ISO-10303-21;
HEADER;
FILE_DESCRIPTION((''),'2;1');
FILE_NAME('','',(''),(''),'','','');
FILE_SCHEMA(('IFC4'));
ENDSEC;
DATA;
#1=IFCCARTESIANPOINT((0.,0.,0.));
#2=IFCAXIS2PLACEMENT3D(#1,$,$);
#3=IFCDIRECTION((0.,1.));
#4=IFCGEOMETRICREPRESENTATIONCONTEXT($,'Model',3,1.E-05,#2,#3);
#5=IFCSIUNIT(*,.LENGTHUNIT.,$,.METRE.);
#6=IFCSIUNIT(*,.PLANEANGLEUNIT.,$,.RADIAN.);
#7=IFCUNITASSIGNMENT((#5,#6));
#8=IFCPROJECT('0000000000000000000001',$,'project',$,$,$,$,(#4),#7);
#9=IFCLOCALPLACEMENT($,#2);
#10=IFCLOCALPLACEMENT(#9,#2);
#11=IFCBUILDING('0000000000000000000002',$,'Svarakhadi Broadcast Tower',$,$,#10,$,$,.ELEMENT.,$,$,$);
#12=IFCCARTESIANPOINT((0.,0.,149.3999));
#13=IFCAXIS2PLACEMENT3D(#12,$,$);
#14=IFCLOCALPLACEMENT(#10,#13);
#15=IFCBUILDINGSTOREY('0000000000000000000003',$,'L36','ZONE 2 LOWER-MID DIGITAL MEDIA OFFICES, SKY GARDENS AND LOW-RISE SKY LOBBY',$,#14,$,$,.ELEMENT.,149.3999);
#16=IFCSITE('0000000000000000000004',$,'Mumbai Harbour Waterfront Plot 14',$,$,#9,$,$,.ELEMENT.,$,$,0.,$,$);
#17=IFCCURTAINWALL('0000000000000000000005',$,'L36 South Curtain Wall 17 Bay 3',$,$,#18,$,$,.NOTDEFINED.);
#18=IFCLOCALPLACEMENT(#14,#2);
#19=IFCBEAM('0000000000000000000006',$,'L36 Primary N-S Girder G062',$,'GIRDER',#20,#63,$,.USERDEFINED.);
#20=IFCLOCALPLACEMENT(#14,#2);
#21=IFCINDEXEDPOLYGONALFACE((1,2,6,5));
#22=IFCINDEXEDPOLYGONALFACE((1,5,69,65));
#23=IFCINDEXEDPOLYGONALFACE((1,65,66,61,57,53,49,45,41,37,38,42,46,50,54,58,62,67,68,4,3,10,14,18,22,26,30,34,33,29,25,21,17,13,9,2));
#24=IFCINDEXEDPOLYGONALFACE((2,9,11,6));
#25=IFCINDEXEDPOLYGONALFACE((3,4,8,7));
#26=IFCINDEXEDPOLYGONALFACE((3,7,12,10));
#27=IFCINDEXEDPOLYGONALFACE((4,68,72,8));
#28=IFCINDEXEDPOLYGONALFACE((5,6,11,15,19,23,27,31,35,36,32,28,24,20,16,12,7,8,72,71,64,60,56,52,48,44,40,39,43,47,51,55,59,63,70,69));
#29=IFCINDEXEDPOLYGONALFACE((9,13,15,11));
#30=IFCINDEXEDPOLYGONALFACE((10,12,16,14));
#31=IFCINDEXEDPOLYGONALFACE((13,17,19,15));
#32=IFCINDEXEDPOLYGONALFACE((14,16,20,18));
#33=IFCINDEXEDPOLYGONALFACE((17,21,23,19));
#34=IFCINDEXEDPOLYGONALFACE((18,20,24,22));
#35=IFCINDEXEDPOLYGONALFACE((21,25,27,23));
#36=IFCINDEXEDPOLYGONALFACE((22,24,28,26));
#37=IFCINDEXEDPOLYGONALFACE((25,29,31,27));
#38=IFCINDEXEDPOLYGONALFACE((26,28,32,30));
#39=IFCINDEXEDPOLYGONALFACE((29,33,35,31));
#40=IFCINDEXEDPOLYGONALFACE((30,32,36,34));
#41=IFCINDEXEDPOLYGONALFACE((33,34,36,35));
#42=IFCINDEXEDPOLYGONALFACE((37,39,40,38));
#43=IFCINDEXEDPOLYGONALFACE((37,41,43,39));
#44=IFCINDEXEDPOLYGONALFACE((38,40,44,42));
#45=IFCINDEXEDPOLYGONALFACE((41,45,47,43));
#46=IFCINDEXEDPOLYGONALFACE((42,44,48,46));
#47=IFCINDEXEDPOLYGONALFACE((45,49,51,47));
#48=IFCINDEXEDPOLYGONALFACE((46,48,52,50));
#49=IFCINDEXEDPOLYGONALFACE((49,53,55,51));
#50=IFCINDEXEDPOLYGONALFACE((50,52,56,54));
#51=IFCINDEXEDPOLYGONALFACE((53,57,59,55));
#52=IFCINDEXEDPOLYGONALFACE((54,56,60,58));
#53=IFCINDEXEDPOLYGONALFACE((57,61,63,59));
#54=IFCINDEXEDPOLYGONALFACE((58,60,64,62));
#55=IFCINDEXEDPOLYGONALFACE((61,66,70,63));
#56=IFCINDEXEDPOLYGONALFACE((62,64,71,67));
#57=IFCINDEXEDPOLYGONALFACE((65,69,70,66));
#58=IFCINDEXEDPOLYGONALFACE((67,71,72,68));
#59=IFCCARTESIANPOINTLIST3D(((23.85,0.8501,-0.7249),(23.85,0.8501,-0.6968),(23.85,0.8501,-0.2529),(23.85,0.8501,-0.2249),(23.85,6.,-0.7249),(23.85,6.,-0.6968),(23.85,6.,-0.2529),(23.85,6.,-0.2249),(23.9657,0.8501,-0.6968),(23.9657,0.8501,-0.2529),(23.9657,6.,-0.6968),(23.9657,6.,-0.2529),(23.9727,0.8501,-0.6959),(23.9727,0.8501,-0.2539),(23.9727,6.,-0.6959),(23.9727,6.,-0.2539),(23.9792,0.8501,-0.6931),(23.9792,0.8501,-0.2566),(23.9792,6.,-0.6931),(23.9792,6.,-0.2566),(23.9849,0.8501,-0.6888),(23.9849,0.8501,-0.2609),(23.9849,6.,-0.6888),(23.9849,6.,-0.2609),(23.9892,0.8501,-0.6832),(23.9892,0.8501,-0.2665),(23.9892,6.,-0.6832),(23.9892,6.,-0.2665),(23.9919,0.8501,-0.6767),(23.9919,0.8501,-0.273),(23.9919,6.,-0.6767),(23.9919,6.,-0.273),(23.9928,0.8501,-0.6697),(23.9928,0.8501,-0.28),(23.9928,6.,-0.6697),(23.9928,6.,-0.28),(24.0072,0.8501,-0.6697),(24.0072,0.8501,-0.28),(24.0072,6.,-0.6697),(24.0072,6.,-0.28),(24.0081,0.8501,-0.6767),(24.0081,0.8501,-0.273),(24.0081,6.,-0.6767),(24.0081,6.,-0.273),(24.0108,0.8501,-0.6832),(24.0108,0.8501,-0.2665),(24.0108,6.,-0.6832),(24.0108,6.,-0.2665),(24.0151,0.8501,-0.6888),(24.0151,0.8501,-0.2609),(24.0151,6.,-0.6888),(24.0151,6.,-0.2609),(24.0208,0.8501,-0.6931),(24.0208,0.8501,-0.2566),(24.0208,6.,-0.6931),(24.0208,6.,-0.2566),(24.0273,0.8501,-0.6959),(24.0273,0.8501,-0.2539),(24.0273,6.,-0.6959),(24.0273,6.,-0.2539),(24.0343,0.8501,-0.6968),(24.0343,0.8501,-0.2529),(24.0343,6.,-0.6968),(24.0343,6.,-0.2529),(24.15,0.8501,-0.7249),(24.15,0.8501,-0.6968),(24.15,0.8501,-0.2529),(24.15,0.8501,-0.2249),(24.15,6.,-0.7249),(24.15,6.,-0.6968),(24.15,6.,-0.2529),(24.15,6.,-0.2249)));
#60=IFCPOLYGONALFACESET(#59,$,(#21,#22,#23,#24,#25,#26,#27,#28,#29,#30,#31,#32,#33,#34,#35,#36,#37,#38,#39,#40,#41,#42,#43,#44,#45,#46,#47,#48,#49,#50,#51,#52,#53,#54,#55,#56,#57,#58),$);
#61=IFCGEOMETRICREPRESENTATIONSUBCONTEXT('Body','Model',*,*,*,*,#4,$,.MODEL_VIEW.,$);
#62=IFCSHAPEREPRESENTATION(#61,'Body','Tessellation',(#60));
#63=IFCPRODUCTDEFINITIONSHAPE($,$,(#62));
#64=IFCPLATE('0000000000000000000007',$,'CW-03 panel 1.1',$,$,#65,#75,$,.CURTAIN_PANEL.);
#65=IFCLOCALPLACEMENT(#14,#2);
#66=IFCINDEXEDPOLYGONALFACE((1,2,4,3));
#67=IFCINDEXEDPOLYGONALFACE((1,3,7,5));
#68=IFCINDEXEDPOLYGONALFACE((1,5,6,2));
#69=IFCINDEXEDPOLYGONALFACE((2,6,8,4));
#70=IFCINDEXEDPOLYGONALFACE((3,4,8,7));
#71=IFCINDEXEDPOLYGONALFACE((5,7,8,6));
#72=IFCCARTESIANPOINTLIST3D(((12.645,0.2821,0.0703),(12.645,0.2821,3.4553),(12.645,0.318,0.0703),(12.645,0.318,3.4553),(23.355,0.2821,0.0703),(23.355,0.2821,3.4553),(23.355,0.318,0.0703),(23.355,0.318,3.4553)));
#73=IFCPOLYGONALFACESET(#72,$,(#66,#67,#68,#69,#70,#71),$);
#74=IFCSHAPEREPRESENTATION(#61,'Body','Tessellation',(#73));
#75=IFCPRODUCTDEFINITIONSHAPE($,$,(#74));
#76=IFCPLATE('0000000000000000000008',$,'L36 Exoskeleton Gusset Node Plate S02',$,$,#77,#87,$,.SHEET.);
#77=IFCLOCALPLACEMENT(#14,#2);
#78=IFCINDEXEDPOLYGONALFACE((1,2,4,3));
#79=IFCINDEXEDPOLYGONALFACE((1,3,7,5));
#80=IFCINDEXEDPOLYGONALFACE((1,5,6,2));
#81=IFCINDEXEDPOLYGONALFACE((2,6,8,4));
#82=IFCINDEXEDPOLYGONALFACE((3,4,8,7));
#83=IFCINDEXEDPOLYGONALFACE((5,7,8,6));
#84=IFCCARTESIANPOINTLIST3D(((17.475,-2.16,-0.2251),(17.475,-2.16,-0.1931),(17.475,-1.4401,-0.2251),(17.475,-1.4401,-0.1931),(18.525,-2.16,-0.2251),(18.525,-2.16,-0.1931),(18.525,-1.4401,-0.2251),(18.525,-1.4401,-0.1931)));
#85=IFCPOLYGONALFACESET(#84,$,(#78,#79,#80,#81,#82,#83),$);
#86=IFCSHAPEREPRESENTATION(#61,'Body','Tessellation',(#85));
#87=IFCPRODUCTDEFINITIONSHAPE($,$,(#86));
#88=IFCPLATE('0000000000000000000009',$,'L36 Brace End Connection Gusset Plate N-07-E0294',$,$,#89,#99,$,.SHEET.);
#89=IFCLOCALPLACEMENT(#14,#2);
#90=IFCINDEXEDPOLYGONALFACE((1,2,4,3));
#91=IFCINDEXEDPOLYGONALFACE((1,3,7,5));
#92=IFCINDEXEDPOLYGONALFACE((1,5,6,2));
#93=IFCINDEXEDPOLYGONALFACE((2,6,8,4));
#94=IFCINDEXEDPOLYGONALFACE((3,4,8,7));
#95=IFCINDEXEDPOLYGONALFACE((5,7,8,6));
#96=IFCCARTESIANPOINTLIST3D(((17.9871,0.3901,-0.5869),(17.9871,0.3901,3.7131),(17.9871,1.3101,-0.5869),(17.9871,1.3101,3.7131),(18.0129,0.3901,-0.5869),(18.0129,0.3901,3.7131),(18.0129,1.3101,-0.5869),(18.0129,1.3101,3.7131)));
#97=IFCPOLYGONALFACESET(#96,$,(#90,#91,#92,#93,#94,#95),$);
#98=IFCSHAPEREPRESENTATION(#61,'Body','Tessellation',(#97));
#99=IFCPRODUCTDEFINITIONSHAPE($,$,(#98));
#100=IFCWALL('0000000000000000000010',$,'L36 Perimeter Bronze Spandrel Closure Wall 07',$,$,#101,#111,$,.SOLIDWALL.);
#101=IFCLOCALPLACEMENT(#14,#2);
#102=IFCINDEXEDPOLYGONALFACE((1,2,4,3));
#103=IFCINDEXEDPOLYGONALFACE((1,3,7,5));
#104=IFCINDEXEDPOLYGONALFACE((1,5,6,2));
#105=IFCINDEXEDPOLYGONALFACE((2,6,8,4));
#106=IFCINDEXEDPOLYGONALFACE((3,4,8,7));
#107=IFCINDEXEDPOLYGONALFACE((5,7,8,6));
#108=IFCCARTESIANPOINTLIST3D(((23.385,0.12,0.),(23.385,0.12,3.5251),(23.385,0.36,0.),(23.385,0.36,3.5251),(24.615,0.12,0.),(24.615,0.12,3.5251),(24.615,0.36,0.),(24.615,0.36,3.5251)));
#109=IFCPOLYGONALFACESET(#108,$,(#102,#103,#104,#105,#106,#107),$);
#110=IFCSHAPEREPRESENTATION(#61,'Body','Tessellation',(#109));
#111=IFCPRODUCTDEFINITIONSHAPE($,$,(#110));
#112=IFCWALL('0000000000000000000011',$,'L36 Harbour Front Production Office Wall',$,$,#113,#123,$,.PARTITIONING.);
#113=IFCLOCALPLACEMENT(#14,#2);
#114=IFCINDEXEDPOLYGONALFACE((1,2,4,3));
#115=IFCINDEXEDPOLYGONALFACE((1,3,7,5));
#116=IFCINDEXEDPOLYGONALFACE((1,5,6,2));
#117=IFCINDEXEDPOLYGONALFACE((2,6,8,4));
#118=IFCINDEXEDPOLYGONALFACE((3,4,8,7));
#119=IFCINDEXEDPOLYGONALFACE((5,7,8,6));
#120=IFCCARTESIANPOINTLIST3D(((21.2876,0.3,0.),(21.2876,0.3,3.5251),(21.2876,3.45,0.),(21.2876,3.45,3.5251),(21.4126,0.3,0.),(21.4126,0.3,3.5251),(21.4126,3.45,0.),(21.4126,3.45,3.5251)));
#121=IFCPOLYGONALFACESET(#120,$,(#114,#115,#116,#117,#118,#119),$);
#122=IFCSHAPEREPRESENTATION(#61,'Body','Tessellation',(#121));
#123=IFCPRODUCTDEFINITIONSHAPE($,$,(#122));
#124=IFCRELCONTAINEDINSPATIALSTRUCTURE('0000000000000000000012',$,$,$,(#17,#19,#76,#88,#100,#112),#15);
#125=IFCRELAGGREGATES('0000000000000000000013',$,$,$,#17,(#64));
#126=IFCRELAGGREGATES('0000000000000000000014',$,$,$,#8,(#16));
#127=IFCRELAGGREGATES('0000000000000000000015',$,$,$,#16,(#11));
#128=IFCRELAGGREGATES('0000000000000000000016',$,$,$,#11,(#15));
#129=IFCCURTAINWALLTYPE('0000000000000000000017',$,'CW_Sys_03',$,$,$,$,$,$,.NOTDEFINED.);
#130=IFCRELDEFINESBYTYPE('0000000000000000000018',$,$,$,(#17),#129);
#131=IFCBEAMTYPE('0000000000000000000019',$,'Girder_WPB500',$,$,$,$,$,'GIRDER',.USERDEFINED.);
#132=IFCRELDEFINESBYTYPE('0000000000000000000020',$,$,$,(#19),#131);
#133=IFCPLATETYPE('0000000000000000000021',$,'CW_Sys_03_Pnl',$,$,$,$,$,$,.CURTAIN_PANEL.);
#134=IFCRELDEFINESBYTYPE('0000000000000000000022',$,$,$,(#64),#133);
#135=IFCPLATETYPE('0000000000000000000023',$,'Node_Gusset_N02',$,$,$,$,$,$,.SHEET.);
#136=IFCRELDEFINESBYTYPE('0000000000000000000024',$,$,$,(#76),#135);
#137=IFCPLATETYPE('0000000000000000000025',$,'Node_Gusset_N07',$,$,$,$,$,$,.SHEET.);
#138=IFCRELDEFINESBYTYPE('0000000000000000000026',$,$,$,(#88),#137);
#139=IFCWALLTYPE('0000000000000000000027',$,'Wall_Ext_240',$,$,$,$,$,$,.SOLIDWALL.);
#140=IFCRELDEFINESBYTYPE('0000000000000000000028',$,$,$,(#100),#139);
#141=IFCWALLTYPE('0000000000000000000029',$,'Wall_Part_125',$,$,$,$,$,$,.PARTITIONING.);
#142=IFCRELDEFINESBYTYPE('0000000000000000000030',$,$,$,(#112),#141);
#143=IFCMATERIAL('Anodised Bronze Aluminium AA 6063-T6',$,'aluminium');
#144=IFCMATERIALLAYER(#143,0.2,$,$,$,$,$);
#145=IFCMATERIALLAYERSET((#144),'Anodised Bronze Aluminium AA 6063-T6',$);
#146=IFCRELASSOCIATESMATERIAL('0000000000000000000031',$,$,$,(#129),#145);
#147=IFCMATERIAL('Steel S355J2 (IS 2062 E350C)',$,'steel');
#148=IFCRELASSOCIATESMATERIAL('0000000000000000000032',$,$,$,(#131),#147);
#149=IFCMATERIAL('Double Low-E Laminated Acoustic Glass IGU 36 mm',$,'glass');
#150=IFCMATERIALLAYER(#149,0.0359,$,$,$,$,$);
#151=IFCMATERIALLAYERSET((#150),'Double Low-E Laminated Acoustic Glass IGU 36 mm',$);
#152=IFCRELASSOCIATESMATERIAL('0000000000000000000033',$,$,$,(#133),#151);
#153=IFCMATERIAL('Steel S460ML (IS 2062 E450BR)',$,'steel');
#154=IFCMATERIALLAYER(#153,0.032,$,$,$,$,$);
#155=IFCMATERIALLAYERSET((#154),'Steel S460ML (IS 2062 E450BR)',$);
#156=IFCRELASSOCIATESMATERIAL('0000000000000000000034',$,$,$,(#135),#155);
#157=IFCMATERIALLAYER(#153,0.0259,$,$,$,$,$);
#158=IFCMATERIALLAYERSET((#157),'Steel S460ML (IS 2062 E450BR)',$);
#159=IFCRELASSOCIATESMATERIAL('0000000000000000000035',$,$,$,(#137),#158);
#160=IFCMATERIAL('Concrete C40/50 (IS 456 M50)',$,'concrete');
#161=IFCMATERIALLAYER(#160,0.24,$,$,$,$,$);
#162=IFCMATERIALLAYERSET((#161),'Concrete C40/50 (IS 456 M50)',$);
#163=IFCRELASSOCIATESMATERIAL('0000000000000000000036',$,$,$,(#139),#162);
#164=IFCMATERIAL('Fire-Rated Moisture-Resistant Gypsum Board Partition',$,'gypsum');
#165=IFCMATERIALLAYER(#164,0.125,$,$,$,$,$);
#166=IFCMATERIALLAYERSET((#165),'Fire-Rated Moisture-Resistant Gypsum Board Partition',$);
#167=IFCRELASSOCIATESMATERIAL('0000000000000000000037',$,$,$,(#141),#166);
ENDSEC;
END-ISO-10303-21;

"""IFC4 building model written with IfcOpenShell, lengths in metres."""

from ifc_helpers import new_model, si_unit, direction, frame, frame_2d, origin, origin_2d, place, context, subcontext, project, spatial, rectangle, i_section, extrude, material, layer, layer_set, material_profile, profile_set, type_object, element, aggregate, save


model = new_model("IFC4")

# Units and contexts
model_context = context("Model", 3, precision=1e-05, world=origin(), true_north=direction((0.0, 1.0)))
body_context = subcontext(model_context, "Body", "Model", "MODEL_VIEW")
ifc_project = project(units=[si_unit("LENGTHUNIT", "METRE"), si_unit("PLANEANGLEUNIT", "RADIAN")], contexts=[model_context])

# Site, building, storey
site_placement = place(None, origin())
site = spatial("IfcSite", under=ifc_project, at=site_placement, Name="Mumbai Harbour Waterfront Plot 14", CompositionType="ELEMENT", RefElevation=0.0)
building_placement = place(site_placement, origin())
building = spatial("IfcBuilding", under=site, at=building_placement, Name="Svarakhadi Broadcast Tower", CompositionType="ELEMENT")
storey_placement = place(building_placement, frame((0.0, 0.0, 149.3999)))
storey = spatial("IfcBuildingStorey", under=building, at=storey_placement, Name="L36", Description="ZONE 2 LOWER-MID DIGITAL MEDIA OFFICES, SKY GARDENS AND LOW-RISE SKY LOBBY", CompositionType="ELEMENT", Elevation=149.3999)

# Shared definitions
ifc_material_1 = material(Name="Anodised Bronze Aluminium AA 6063-T6", Category="aluminium")
ifc_layer_1 = layer(ifc_material_1, 0.2)
ifc_layer_set_1 = layer_set([ifc_layer_1], Name="Anodised Bronze Aluminium AA 6063-T6")
curtain_wall_type = type_object("IfcCurtainWallType", Name="CW_Sys_03", PredefinedType="NOTDEFINED", material=ifc_layer_set_1)

# Curtain wall
curtain_wall_1_placement = place(storey_placement, origin())
curtain_wall_1 = element("IfcCurtainWall", 1, at=curtain_wall_1_placement, inside=storey, type_object=curtain_wall_type, Name="L36 South Curtain Wall 17 Bay 3", PredefinedType="NOTDEFINED")

# Shared definitions
ifc_material_2 = material(Name="Steel S460ML (IS 2062 E450BR)", Category="steel")

# Beam
ifc_material_3 = material(Name="Steel S355J2 (IS 2062 E350C)", Category="steel")
ifc_material_profile_1 = material_profile(ifc_material_3, i_section(OverallWidth=0.3, OverallDepth=0.5, WebThickness=0.0144, FlangeThickness=0.0281, FilletRadius=0.0271, at=origin_2d()), Name="WPB 500x300x187")
ifc_profile_set_1 = profile_set([ifc_material_profile_1], Name="Steel S355J2 (IS 2062 E350C)")
beam_type = type_object("IfcBeamType", Name="Girder_WPB500", ElementType="GIRDER", PredefinedType="USERDEFINED", material=ifc_profile_set_1)
beam_1_placement = place(storey_placement, frame((24.0, 0.8501, -0.4749), z_axis=(0.0, 1.0, 0.0), x_axis=(-1.0, 0.0, 0.0)))
element("IfcBeam", 2, at=beam_1_placement, inside=storey, type_object=beam_type, Name="L36 Primary N-S Girder G062", ObjectType="GIRDER", PredefinedType="USERDEFINED", context=body_context, shape_type="SweptSolid", body=[
    extrude(i_section(OverallWidth=0.3, OverallDepth=0.5, WebThickness=0.0144, FlangeThickness=0.0281, FilletRadius=0.0271, at=origin_2d()), origin(), (0.0, 0.0, 1.0), 5.1499),
])

# Plate
ifc_material_4 = material(Name="Double Low-E Laminated Acoustic Glass IGU 36 mm", Category="glass")
ifc_layer_2 = layer(ifc_material_4, 0.0359)
ifc_layer_set_2 = layer_set([ifc_layer_2], Name="Double Low-E Laminated Acoustic Glass IGU 36 mm")
plate_type_1 = type_object("IfcPlateType", Name="CW_Sys_03_Pnl", PredefinedType="CURTAIN_PANEL", material=ifc_layer_set_2)
plate_1_placement = place(storey_placement, frame((18.0, 0.3, 0.0703), z_axis=(0.0, 0.0, 1.0), x_axis=(-1.0, 0.0, 0.0)))
plate_1 = element("IfcPlate", 3, at=plate_1_placement, type_object=plate_type_1, Name="CW-03 panel 1.1", PredefinedType="CURTAIN_PANEL", context=body_context, shape_type="SweptSolid", body=[
    extrude(rectangle(XDim=10.71, YDim=0.0359, at=origin_2d()), origin(), (0.0, 0.0, 1.0), 3.385),
])
aggregate(curtain_wall_1, [plate_1])

# Plates
ifc_layer_3 = layer(ifc_material_2, 0.032)
ifc_layer_set_3 = layer_set([ifc_layer_3], Name="Steel S460ML (IS 2062 E450BR)")
plate_type_2 = type_object("IfcPlateType", Name="Node_Gusset_N02", PredefinedType="SHEET", material=ifc_layer_set_3)
plate_2_placement = place(storey_placement, frame((18.0, -1.8, -0.2251), z_axis=(0.0, 0.0, 1.0), x_axis=(1.0, 0.0, 0.0)))
element("IfcPlate", 4, at=plate_2_placement, inside=storey, type_object=plate_type_2, Name="L36 Exoskeleton Gusset Node Plate S02", PredefinedType="SHEET", context=body_context, shape_type="SweptSolid", body=[
    extrude(rectangle(XDim=1.05, YDim=0.72, at=origin_2d()), origin(), (0.0, 0.0, 1.0), 0.032),
])
ifc_layer_4 = layer(ifc_material_2, 0.0259)
ifc_layer_set_4 = layer_set([ifc_layer_4], Name="Steel S460ML (IS 2062 E450BR)")
plate_type_3 = type_object("IfcPlateType", Name="Node_Gusset_N07", PredefinedType="SHEET", material=ifc_layer_set_4)
plate_3_placement = place(storey_placement, frame((18.0, 0.8501, -0.5869), z_axis=(0.0, 0.0, 1.0), x_axis=(0.0, 1.0, 0.0)))
element("IfcPlate", 5, at=plate_3_placement, inside=storey, type_object=plate_type_3, Name="L36 Brace End Connection Gusset Plate N-07-E0294", PredefinedType="SHEET", context=body_context, shape_type="SweptSolid", body=[
    extrude(rectangle(XDim=0.9199, YDim=0.0259, at=origin_2d()), origin(), (0.0, 0.0, 1.0), 4.3),
])

# Walls
ifc_material_5 = material(Name="Concrete C40/50 (IS 456 M50)", Category="concrete")
ifc_layer_5 = layer(ifc_material_5, 0.24)
ifc_layer_set_5 = layer_set([ifc_layer_5], Name="Concrete C40/50 (IS 456 M50)")
wall_type_1 = type_object("IfcWallType", Name="Wall_Ext_240", PredefinedType="SOLIDWALL", material=ifc_layer_set_5)
wall_1_placement = place(storey_placement, frame((24.615, 0.24, 0.0), z_axis=(0.0, 0.0, 1.0), x_axis=(-1.0, 0.0, 0.0)))
element("IfcWall", 6, at=wall_1_placement, inside=storey, type_object=wall_type_1, Name="L36 Perimeter Bronze Spandrel Closure Wall 07", PredefinedType="SOLIDWALL", context=body_context, shape_type="SweptSolid", body=[
    extrude(rectangle(XDim=1.23, YDim=0.24, at=frame_2d((0.615, 0.0))), origin(), (0.0, 0.0, 1.0), 3.5251),
])
ifc_material_6 = material(Name="Fire-Rated Moisture-Resistant Gypsum Board Partition", Category="gypsum")
ifc_layer_6 = layer(ifc_material_6, 0.125)
ifc_layer_set_6 = layer_set([ifc_layer_6], Name="Fire-Rated Moisture-Resistant Gypsum Board Partition")
wall_type_2 = type_object("IfcWallType", Name="Wall_Part_125", PredefinedType="PARTITIONING", material=ifc_layer_set_6)
wall_2_placement = place(storey_placement, frame((21.3501, 0.3, 0.0), z_axis=(0.0, 0.0, 1.0), x_axis=(0.0, 1.0, 0.0)))
element("IfcWall", 7, at=wall_2_placement, inside=storey, type_object=wall_type_2, Name="L36 Harbour Front Production Office Wall", PredefinedType="PARTITIONING", context=body_context, shape_type="SweptSolid", body=[
    extrude(rectangle(XDim=3.1499, YDim=0.125, at=frame_2d((1.575, 0.0))), origin(), (0.0, 0.0, 1.0), 3.5251),
])

save(model, "model.ifc")
